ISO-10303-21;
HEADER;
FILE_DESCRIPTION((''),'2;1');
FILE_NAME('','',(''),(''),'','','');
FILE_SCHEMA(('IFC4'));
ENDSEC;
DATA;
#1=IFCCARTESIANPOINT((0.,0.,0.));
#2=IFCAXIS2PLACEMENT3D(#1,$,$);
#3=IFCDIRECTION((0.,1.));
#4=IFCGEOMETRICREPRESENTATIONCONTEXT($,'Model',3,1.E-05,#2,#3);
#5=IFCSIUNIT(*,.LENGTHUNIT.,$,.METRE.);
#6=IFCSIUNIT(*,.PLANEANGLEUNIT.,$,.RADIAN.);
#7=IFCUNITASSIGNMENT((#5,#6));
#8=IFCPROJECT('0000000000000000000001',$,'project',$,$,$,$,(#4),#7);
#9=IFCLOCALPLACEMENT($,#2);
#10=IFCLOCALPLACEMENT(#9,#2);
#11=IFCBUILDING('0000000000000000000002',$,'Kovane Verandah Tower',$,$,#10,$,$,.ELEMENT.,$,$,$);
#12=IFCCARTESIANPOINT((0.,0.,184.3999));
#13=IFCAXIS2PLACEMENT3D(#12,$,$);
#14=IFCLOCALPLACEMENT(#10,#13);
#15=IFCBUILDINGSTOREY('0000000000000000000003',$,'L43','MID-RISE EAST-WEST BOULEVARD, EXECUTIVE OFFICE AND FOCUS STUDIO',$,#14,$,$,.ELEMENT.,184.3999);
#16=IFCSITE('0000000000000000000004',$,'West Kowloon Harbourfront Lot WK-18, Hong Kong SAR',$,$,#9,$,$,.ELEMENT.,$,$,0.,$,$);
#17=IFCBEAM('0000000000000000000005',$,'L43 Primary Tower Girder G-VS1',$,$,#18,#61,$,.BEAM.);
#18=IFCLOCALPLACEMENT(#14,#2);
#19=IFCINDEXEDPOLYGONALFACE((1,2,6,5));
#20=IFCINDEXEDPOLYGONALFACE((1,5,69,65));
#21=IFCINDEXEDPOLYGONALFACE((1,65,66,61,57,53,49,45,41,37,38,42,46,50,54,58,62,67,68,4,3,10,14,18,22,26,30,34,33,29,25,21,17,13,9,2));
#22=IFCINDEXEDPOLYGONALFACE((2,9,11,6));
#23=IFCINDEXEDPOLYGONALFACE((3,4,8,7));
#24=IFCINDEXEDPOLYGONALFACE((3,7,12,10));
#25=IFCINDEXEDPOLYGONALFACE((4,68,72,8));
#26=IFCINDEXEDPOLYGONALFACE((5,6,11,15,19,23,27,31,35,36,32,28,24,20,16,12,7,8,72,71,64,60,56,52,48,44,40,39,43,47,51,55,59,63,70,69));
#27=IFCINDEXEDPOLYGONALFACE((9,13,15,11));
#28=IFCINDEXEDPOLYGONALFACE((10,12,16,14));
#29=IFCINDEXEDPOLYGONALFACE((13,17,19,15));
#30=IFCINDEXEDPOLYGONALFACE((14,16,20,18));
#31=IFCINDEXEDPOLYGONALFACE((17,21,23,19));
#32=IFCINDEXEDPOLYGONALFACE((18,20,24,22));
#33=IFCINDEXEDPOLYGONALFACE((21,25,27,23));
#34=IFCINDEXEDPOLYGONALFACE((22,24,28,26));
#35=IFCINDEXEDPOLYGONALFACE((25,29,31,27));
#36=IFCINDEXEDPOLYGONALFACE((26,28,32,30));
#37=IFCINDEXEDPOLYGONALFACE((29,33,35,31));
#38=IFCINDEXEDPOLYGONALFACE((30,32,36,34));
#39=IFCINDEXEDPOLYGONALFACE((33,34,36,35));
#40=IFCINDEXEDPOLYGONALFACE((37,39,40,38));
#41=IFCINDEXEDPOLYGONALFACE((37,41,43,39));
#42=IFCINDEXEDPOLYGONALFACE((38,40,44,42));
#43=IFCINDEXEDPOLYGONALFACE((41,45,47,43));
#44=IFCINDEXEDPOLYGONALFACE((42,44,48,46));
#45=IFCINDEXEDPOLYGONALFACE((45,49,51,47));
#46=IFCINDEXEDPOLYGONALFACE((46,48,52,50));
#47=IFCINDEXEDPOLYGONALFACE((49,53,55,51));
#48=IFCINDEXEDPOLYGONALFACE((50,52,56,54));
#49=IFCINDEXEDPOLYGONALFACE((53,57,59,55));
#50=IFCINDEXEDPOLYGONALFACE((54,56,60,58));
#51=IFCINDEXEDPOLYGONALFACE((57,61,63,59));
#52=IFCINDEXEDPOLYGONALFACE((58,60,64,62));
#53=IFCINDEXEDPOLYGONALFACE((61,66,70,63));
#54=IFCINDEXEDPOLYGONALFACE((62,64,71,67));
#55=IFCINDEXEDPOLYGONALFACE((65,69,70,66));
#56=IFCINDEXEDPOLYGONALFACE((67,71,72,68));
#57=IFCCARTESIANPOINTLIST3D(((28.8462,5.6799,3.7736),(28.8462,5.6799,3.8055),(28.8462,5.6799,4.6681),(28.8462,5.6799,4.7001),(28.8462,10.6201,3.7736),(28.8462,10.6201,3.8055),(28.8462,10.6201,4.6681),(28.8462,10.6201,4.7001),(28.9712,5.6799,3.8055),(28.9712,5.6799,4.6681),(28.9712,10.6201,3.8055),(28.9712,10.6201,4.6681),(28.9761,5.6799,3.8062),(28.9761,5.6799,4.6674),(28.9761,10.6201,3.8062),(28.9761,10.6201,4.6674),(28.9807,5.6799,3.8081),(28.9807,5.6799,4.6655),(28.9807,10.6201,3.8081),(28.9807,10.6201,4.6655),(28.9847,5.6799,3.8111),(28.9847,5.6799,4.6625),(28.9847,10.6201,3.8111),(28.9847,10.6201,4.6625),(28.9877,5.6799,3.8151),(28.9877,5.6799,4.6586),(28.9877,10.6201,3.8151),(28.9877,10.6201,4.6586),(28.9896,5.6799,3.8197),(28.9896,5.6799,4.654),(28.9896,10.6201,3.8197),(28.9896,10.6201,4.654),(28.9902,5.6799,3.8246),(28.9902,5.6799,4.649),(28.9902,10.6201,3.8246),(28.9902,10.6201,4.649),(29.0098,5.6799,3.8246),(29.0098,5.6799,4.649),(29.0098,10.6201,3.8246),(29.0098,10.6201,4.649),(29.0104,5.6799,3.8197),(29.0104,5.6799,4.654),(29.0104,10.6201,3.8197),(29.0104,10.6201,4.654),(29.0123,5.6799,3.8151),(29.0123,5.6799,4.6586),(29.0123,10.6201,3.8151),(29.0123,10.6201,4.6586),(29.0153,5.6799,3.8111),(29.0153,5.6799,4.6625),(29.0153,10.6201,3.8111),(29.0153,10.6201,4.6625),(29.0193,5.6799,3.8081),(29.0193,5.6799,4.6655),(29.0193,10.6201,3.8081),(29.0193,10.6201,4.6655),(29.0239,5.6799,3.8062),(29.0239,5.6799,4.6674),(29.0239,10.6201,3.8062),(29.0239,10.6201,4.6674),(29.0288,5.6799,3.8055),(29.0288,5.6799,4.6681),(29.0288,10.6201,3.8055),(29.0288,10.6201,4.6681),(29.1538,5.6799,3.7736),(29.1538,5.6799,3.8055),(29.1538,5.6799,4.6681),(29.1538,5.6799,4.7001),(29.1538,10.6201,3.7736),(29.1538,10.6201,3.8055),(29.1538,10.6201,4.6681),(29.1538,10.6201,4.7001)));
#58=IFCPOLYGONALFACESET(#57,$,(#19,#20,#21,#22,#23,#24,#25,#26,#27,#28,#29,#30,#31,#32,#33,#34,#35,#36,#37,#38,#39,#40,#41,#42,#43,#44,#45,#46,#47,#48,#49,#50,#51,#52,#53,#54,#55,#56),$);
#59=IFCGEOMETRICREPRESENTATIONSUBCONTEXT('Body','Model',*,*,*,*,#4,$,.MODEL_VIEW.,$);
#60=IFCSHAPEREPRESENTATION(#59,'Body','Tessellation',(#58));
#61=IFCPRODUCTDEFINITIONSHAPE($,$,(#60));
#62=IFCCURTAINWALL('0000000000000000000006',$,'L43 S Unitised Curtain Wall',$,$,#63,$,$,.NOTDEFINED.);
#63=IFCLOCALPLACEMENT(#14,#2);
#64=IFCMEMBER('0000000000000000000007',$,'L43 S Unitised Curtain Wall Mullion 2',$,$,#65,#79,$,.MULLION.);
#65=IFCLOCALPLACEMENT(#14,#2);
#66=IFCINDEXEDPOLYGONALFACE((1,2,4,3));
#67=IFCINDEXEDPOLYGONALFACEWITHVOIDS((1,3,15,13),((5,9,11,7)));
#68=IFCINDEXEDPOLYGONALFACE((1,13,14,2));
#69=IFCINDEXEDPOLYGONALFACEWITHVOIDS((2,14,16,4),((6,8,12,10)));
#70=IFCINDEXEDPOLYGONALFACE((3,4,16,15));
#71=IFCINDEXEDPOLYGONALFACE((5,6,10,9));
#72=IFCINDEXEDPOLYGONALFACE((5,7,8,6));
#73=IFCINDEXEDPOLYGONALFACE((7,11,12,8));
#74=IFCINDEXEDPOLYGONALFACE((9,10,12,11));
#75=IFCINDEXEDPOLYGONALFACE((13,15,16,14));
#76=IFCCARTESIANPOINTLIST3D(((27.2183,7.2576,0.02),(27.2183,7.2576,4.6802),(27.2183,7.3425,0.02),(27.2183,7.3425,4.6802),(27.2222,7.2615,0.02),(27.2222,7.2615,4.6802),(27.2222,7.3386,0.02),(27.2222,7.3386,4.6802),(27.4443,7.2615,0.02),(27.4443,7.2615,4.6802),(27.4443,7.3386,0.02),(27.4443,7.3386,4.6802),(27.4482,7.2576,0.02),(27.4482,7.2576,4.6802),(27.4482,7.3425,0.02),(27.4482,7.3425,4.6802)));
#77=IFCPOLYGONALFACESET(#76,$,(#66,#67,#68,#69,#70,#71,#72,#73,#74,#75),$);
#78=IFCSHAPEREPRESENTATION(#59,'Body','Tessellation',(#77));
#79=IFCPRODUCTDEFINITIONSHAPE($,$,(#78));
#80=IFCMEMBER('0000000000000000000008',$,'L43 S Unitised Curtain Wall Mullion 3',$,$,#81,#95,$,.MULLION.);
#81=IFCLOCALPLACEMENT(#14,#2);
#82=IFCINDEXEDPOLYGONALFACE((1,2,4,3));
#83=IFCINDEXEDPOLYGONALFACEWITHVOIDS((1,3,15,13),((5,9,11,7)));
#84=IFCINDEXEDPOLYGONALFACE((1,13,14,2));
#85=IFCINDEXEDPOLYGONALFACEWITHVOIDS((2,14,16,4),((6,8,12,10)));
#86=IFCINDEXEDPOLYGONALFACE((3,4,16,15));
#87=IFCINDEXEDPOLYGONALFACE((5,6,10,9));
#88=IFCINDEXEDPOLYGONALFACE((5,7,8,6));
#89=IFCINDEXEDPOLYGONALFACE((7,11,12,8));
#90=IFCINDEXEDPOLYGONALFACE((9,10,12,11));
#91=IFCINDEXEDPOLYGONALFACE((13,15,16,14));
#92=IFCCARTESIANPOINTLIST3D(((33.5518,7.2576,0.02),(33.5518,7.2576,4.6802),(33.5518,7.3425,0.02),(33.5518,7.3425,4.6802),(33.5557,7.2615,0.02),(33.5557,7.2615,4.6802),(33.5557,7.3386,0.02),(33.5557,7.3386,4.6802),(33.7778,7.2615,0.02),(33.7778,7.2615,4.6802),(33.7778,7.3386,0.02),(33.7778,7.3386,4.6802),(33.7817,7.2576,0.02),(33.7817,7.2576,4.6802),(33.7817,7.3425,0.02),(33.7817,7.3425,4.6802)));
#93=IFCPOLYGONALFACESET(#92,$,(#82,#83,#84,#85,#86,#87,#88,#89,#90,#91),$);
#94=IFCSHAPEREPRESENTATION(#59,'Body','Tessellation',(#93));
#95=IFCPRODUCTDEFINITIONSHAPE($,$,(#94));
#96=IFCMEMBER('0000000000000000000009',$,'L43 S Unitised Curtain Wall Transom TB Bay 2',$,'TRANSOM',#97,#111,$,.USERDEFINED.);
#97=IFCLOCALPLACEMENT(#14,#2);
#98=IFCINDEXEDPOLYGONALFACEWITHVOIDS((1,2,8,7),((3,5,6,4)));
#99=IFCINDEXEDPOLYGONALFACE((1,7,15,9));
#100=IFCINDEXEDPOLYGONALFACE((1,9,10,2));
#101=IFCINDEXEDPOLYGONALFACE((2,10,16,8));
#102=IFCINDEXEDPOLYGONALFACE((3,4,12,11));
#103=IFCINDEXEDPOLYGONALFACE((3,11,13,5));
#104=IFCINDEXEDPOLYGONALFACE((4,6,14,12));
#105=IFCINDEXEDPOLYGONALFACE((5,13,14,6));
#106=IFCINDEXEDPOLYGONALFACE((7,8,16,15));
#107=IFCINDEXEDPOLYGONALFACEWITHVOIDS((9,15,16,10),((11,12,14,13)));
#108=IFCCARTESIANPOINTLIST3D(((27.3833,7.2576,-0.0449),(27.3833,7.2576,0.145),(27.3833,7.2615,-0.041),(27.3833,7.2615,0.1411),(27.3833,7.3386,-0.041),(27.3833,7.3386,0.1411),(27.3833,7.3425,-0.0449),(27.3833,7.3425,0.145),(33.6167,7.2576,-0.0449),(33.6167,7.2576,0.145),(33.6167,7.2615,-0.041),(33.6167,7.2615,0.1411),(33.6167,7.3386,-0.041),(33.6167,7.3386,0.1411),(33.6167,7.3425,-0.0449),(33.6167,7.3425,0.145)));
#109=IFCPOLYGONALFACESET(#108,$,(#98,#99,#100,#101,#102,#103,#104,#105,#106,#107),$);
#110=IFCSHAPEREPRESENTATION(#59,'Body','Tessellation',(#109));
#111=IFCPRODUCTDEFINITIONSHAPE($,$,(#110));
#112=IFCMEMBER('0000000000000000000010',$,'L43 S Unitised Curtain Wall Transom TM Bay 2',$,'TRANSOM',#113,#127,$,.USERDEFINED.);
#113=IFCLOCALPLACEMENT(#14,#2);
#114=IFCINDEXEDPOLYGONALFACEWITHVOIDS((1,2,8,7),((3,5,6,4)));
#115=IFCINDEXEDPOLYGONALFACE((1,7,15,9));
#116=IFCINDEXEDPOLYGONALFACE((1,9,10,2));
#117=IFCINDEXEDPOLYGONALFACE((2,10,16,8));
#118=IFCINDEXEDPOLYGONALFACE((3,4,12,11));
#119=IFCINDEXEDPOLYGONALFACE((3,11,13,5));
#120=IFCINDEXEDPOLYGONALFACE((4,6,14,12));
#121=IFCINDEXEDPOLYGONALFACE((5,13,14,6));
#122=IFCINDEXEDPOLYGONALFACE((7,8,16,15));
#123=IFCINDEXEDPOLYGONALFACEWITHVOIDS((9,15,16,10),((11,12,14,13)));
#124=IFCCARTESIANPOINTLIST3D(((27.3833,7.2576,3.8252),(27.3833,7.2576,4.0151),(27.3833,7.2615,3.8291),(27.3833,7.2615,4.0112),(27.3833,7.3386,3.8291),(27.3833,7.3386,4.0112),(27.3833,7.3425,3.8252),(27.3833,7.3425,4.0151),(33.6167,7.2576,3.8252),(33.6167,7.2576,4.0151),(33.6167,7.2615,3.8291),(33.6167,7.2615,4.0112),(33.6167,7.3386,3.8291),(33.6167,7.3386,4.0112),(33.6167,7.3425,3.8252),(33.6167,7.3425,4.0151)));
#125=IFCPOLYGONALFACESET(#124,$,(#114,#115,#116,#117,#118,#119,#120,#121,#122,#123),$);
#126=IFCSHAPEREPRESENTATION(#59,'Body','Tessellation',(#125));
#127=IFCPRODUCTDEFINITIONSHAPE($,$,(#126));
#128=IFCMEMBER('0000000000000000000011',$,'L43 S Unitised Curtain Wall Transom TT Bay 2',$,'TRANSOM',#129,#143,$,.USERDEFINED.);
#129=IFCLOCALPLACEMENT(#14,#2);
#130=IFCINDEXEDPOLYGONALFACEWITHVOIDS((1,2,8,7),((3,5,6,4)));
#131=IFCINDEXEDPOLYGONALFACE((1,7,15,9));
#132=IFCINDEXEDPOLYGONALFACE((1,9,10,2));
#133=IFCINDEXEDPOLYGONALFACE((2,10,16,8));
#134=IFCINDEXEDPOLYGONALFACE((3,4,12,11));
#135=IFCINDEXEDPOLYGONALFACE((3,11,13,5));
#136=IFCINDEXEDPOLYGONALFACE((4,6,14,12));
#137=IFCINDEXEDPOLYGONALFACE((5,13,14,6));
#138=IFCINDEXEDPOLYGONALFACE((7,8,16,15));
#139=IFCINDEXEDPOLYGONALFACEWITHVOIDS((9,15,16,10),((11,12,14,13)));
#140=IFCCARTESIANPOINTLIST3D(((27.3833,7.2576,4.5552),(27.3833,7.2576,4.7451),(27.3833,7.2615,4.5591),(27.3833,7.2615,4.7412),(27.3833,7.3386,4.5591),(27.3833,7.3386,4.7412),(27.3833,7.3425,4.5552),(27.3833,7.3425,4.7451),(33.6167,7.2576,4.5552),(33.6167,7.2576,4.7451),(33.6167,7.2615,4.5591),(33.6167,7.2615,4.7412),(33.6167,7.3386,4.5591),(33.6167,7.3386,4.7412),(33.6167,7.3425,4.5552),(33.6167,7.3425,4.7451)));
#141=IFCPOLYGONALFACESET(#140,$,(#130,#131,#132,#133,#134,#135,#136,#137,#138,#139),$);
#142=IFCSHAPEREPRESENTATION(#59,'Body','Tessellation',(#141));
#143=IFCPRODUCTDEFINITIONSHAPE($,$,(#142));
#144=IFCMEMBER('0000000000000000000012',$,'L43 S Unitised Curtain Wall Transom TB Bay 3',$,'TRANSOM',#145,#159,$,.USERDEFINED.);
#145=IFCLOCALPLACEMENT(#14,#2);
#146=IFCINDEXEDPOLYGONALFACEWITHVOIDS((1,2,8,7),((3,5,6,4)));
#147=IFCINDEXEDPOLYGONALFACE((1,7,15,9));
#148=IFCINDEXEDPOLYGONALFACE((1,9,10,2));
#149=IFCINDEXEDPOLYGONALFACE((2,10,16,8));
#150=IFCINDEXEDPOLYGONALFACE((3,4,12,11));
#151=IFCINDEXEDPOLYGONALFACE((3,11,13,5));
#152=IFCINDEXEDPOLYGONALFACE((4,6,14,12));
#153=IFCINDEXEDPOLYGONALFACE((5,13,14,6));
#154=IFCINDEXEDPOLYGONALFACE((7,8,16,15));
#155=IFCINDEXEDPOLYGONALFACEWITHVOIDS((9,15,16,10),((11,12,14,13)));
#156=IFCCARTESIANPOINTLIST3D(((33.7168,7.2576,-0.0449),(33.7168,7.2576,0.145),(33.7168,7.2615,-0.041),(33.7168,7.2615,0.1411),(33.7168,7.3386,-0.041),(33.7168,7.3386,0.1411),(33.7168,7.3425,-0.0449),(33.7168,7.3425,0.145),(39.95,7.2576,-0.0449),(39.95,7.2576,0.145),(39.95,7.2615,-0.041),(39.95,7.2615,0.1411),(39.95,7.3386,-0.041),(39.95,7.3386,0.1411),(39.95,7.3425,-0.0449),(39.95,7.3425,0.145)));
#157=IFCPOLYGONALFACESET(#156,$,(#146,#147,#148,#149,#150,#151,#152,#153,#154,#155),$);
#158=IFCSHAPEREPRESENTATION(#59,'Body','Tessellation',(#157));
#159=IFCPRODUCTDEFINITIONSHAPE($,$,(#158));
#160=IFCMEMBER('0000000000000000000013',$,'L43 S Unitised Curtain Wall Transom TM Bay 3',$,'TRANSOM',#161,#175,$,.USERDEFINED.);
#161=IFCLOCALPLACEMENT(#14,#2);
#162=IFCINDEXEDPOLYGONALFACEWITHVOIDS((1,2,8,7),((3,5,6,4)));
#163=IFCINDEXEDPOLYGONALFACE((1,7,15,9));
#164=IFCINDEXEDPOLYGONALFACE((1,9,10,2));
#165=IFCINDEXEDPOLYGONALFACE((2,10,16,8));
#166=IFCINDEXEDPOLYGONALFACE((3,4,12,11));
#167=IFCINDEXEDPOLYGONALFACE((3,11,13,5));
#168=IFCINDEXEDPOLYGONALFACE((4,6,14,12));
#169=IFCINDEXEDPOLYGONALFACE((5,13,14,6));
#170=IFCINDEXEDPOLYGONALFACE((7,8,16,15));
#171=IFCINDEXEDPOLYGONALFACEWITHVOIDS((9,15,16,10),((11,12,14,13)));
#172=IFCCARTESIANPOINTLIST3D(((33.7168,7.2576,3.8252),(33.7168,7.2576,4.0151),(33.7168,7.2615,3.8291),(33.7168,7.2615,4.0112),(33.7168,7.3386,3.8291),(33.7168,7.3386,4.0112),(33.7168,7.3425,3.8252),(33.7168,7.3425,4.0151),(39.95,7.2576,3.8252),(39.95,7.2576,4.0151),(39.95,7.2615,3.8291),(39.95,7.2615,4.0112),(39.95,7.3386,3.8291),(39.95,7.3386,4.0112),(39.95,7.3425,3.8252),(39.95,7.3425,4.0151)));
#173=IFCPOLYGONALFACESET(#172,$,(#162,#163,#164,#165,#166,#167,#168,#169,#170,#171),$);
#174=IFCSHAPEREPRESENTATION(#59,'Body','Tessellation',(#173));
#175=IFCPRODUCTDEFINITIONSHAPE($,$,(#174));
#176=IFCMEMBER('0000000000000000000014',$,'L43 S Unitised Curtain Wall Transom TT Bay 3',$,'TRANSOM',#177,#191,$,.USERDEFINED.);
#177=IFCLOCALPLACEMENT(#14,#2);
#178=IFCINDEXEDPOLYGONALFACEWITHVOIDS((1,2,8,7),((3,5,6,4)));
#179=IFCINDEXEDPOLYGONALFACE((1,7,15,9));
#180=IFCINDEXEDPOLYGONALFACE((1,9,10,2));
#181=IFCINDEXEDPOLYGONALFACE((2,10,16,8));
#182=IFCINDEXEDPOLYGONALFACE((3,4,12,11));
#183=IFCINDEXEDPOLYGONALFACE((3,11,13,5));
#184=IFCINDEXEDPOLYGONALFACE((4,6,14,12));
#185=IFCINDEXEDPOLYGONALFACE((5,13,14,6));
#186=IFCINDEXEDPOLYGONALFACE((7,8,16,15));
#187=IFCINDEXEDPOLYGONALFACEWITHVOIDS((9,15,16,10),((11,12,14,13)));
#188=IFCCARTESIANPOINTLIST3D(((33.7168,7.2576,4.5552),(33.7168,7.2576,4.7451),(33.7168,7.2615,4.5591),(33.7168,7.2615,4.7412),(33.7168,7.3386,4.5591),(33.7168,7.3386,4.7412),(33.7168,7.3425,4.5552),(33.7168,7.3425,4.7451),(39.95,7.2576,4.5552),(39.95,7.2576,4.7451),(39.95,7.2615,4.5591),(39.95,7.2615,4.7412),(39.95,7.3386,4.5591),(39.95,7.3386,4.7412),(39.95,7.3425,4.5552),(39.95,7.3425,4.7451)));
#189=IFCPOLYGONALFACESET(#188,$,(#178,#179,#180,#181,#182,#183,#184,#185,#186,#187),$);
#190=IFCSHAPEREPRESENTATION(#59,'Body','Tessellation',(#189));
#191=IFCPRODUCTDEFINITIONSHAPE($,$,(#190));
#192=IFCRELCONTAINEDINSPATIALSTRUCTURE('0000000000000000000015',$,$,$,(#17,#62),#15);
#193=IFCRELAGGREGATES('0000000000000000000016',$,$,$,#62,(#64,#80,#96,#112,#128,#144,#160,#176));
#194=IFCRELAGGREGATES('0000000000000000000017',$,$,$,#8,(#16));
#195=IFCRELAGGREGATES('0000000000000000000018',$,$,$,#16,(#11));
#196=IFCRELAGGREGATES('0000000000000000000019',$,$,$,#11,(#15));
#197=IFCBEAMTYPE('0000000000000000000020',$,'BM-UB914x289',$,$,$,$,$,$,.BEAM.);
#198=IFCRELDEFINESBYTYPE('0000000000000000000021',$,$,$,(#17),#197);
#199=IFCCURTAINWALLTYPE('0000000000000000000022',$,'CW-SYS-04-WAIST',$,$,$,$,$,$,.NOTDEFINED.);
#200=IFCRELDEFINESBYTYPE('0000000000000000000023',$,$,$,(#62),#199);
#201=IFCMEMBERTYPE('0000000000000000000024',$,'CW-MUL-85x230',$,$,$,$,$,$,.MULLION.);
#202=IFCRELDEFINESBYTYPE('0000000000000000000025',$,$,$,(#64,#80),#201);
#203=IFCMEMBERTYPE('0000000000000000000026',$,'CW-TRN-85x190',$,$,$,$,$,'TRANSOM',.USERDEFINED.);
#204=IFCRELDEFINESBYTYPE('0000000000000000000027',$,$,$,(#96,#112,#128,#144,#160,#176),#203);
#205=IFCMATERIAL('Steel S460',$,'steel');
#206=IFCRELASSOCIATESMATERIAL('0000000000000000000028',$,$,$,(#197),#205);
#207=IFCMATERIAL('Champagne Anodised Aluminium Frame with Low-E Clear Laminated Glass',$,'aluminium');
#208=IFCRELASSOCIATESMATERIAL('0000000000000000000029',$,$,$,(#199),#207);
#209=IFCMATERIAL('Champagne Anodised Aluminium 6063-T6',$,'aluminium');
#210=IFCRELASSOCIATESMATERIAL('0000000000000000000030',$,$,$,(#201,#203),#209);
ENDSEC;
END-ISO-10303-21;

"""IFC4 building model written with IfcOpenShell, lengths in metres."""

from ifc_helpers import new_model, si_unit, direction, frame, origin, origin_2d, place, context, subcontext, project, spatial, hollow_rectangle, i_section, extrude, material, material_profile, profile_set, type_object, element, aggregate, save


model = new_model("IFC4")

# Units and contexts
model_context = context("Model", 3, precision=1e-05, world=origin(), true_north=direction((0.0, 1.0)))
body_context = subcontext(model_context, "Body", "Model", "MODEL_VIEW")
ifc_project = project(units=[si_unit("LENGTHUNIT", "METRE"), si_unit("PLANEANGLEUNIT", "RADIAN")], contexts=[model_context])

# Site, building, storey
site_placement = place(None, origin())
site = spatial("IfcSite", under=ifc_project, at=site_placement, Name="West Kowloon Harbourfront Lot WK-18, Hong Kong SAR", CompositionType="ELEMENT", RefElevation=0.0)
building_placement = place(site_placement, origin())
building = spatial("IfcBuilding", under=site, at=building_placement, Name="Kovane Verandah Tower", CompositionType="ELEMENT")
storey_placement = place(building_placement, frame((0.0, 0.0, 184.3999)))
storey = spatial("IfcBuildingStorey", under=building, at=storey_placement, Name="L43", Description="MID-RISE EAST-WEST BOULEVARD, EXECUTIVE OFFICE AND FOCUS STUDIO", CompositionType="ELEMENT", Elevation=184.3999)

# Shared definitions
ifc_material_1 = material(Name="Steel S460", Category="steel")

# Beam
ifc_material_profile_1 = material_profile(ifc_material_1, i_section(OverallWidth=0.3076, OverallDepth=0.9265, WebThickness=0.0195, FlangeThickness=0.032, FilletRadius=0.019, at=origin_2d()), Name="UB914x305x289")
ifc_profile_set_1 = profile_set([ifc_material_profile_1], Name="Steel S460")
beam_type_1 = type_object("IfcBeamType", Name="BM-UB914x289", PredefinedType="BEAM", material=ifc_profile_set_1)
beam_1_placement = place(storey_placement, frame((29.0, 10.6201, 4.2368), z_axis=(0.0, -1.0, 0.0), x_axis=(1.0, 0.0, 0.0)))
element("IfcBeam", 1, at=beam_1_placement, inside=storey, type_object=beam_type_1, Name="L43 Primary Tower Girder G-VS1", PredefinedType="BEAM", context=body_context, shape_type="SweptSolid", body=[
    extrude(i_section(OverallWidth=0.3076, OverallDepth=0.9265, WebThickness=0.0195, FlangeThickness=0.032, FilletRadius=0.019, at=origin_2d()), origin(), (0.0, 0.0, 1.0), 4.9402),
])

# Curtain wall, members
ifc_material_2 = material(Name="Champagne Anodised Aluminium Frame with Low-E Clear Laminated Glass", Category="aluminium")
curtain_wall_type = type_object("IfcCurtainWallType", Name="CW-SYS-04-WAIST", PredefinedType="NOTDEFINED", material=ifc_material_2)
curtain_wall_placement = place(storey_placement, origin())
curtain_wall = element("IfcCurtainWall", 2, at=curtain_wall_placement, inside=storey, type_object=curtain_wall_type, Name="L43 S Unitised Curtain Wall", PredefinedType="NOTDEFINED")
ifc_material_3 = material(Name="Champagne Anodised Aluminium 6063-T6", Category="aluminium")
ifc_material_profile_2 = material_profile(ifc_material_3, hollow_rectangle(XDim=0.085, YDim=0.23, WallThickness=0.0039, at=origin_2d()), Name="AL85x230x4")
ifc_profile_set_2 = profile_set([ifc_material_profile_2], Name="Champagne Anodised Aluminium 6063-T6")
member_type_1 = type_object("IfcMemberType", Name="CW-MUL-85x230", PredefinedType="MULLION", material=ifc_profile_set_2)
member_1_placement = place(storey_placement, frame((27.3333, 7.3, 0.02), z_axis=(0.0, 0.0, 1.0), x_axis=(0.0, -1.0, 0.0)))
member_1 = element("IfcMember", 3, at=member_1_placement, type_object=member_type_1, Name="L43 S Unitised Curtain Wall Mullion 2", PredefinedType="MULLION", context=body_context, shape_type="SweptSolid", body=[
    extrude(hollow_rectangle(XDim=0.085, YDim=0.23, WallThickness=0.0039, at=origin_2d()), origin(), (0.0, 0.0, 1.0), 4.6602),
])
member_2_placement = place(storey_placement, frame((33.6667, 7.3, 0.02), z_axis=(0.0, 0.0, 1.0), x_axis=(0.0, -1.0, 0.0)))
member_2 = element("IfcMember", 4, at=member_2_placement, type_object=member_type_1, Name="L43 S Unitised Curtain Wall Mullion 3", PredefinedType="MULLION", context=body_context, shape_type="SweptSolid", body=[
    extrude(hollow_rectangle(XDim=0.085, YDim=0.23, WallThickness=0.0039, at=origin_2d()), origin(), (0.0, 0.0, 1.0), 4.6602),
])
ifc_material_profile_3 = material_profile(ifc_material_3, hollow_rectangle(XDim=0.085, YDim=0.1899, WallThickness=0.0039, at=origin_2d()), Name="AL85x190x4")
ifc_profile_set_3 = profile_set([ifc_material_profile_3], Name="Champagne Anodised Aluminium 6063-T6")
member_type_2 = type_object("IfcMemberType", Name="CW-TRN-85x190", ElementType="TRANSOM", PredefinedType="USERDEFINED", material=ifc_profile_set_3)
member_3_placement = place(storey_placement, frame((27.3833, 7.3, 0.05), z_axis=(1.0, 0.0, 0.0), x_axis=(0.0, 1.0, 0.0)))
member_3 = element("IfcMember", 5, at=member_3_placement, type_object=member_type_2, Name="L43 S Unitised Curtain Wall Transom TB Bay 2", ObjectType="TRANSOM", PredefinedType="USERDEFINED", context=body_context, shape_type="SweptSolid", body=[
    extrude(hollow_rectangle(XDim=0.085, YDim=0.1899, WallThickness=0.0039, at=origin_2d()), origin(), (0.0, 0.0, 1.0), 6.2334),
])
member_4_placement = place(storey_placement, frame((27.3833, 7.3, 3.9202), z_axis=(1.0, 0.0, 0.0), x_axis=(0.0, 1.0, 0.0)))
member_4 = element("IfcMember", 6, at=member_4_placement, type_object=member_type_2, Name="L43 S Unitised Curtain Wall Transom TM Bay 2", ObjectType="TRANSOM", PredefinedType="USERDEFINED", context=body_context, shape_type="SweptSolid", body=[
    extrude(hollow_rectangle(XDim=0.085, YDim=0.1899, WallThickness=0.0039, at=origin_2d()), origin(), (0.0, 0.0, 1.0), 6.2334),
])
member_5_placement = place(storey_placement, frame((27.3833, 7.3, 4.6501), z_axis=(1.0, 0.0, 0.0), x_axis=(0.0, 1.0, 0.0)))
member_5 = element("IfcMember", 7, at=member_5_placement, type_object=member_type_2, Name="L43 S Unitised Curtain Wall Transom TT Bay 2", ObjectType="TRANSOM", PredefinedType="USERDEFINED", context=body_context, shape_type="SweptSolid", body=[
    extrude(hollow_rectangle(XDim=0.085, YDim=0.1899, WallThickness=0.0039, at=origin_2d()), origin(), (0.0, 0.0, 1.0), 6.2334),
])
member_6_placement = place(storey_placement, frame((33.7168, 7.3, 0.05), z_axis=(1.0, 0.0, 0.0), x_axis=(0.0, 1.0, 0.0)))
member_6 = element("IfcMember", 8, at=member_6_placement, type_object=member_type_2, Name="L43 S Unitised Curtain Wall Transom TB Bay 3", ObjectType="TRANSOM", PredefinedType="USERDEFINED", context=body_context, shape_type="SweptSolid", body=[
    extrude(hollow_rectangle(XDim=0.085, YDim=0.1899, WallThickness=0.0039, at=origin_2d()), origin(), (0.0, 0.0, 1.0), 6.2332),
])
member_7_placement = place(storey_placement, frame((33.7168, 7.3, 3.9202), z_axis=(1.0, 0.0, 0.0), x_axis=(0.0, 1.0, 0.0)))
member_7 = element("IfcMember", 9, at=member_7_placement, type_object=member_type_2, Name="L43 S Unitised Curtain Wall Transom TM Bay 3", ObjectType="TRANSOM", PredefinedType="USERDEFINED", context=body_context, shape_type="SweptSolid", body=[
    extrude(hollow_rectangle(XDim=0.085, YDim=0.1899, WallThickness=0.0039, at=origin_2d()), origin(), (0.0, 0.0, 1.0), 6.2332),
])
member_8_placement = place(storey_placement, frame((33.7168, 7.3, 4.6501), z_axis=(1.0, 0.0, 0.0), x_axis=(0.0, 1.0, 0.0)))
member_8 = element("IfcMember", 10, at=member_8_placement, type_object=member_type_2, Name="L43 S Unitised Curtain Wall Transom TT Bay 3", ObjectType="TRANSOM", PredefinedType="USERDEFINED", context=body_context, shape_type="SweptSolid", body=[
    extrude(hollow_rectangle(XDim=0.085, YDim=0.1899, WallThickness=0.0039, at=origin_2d()), origin(), (0.0, 0.0, 1.0), 6.2332),
])
aggregate(curtain_wall, [member_1, member_2, member_3, member_4, member_5, member_6, member_7, member_8])

save(model, "model.ifc")
